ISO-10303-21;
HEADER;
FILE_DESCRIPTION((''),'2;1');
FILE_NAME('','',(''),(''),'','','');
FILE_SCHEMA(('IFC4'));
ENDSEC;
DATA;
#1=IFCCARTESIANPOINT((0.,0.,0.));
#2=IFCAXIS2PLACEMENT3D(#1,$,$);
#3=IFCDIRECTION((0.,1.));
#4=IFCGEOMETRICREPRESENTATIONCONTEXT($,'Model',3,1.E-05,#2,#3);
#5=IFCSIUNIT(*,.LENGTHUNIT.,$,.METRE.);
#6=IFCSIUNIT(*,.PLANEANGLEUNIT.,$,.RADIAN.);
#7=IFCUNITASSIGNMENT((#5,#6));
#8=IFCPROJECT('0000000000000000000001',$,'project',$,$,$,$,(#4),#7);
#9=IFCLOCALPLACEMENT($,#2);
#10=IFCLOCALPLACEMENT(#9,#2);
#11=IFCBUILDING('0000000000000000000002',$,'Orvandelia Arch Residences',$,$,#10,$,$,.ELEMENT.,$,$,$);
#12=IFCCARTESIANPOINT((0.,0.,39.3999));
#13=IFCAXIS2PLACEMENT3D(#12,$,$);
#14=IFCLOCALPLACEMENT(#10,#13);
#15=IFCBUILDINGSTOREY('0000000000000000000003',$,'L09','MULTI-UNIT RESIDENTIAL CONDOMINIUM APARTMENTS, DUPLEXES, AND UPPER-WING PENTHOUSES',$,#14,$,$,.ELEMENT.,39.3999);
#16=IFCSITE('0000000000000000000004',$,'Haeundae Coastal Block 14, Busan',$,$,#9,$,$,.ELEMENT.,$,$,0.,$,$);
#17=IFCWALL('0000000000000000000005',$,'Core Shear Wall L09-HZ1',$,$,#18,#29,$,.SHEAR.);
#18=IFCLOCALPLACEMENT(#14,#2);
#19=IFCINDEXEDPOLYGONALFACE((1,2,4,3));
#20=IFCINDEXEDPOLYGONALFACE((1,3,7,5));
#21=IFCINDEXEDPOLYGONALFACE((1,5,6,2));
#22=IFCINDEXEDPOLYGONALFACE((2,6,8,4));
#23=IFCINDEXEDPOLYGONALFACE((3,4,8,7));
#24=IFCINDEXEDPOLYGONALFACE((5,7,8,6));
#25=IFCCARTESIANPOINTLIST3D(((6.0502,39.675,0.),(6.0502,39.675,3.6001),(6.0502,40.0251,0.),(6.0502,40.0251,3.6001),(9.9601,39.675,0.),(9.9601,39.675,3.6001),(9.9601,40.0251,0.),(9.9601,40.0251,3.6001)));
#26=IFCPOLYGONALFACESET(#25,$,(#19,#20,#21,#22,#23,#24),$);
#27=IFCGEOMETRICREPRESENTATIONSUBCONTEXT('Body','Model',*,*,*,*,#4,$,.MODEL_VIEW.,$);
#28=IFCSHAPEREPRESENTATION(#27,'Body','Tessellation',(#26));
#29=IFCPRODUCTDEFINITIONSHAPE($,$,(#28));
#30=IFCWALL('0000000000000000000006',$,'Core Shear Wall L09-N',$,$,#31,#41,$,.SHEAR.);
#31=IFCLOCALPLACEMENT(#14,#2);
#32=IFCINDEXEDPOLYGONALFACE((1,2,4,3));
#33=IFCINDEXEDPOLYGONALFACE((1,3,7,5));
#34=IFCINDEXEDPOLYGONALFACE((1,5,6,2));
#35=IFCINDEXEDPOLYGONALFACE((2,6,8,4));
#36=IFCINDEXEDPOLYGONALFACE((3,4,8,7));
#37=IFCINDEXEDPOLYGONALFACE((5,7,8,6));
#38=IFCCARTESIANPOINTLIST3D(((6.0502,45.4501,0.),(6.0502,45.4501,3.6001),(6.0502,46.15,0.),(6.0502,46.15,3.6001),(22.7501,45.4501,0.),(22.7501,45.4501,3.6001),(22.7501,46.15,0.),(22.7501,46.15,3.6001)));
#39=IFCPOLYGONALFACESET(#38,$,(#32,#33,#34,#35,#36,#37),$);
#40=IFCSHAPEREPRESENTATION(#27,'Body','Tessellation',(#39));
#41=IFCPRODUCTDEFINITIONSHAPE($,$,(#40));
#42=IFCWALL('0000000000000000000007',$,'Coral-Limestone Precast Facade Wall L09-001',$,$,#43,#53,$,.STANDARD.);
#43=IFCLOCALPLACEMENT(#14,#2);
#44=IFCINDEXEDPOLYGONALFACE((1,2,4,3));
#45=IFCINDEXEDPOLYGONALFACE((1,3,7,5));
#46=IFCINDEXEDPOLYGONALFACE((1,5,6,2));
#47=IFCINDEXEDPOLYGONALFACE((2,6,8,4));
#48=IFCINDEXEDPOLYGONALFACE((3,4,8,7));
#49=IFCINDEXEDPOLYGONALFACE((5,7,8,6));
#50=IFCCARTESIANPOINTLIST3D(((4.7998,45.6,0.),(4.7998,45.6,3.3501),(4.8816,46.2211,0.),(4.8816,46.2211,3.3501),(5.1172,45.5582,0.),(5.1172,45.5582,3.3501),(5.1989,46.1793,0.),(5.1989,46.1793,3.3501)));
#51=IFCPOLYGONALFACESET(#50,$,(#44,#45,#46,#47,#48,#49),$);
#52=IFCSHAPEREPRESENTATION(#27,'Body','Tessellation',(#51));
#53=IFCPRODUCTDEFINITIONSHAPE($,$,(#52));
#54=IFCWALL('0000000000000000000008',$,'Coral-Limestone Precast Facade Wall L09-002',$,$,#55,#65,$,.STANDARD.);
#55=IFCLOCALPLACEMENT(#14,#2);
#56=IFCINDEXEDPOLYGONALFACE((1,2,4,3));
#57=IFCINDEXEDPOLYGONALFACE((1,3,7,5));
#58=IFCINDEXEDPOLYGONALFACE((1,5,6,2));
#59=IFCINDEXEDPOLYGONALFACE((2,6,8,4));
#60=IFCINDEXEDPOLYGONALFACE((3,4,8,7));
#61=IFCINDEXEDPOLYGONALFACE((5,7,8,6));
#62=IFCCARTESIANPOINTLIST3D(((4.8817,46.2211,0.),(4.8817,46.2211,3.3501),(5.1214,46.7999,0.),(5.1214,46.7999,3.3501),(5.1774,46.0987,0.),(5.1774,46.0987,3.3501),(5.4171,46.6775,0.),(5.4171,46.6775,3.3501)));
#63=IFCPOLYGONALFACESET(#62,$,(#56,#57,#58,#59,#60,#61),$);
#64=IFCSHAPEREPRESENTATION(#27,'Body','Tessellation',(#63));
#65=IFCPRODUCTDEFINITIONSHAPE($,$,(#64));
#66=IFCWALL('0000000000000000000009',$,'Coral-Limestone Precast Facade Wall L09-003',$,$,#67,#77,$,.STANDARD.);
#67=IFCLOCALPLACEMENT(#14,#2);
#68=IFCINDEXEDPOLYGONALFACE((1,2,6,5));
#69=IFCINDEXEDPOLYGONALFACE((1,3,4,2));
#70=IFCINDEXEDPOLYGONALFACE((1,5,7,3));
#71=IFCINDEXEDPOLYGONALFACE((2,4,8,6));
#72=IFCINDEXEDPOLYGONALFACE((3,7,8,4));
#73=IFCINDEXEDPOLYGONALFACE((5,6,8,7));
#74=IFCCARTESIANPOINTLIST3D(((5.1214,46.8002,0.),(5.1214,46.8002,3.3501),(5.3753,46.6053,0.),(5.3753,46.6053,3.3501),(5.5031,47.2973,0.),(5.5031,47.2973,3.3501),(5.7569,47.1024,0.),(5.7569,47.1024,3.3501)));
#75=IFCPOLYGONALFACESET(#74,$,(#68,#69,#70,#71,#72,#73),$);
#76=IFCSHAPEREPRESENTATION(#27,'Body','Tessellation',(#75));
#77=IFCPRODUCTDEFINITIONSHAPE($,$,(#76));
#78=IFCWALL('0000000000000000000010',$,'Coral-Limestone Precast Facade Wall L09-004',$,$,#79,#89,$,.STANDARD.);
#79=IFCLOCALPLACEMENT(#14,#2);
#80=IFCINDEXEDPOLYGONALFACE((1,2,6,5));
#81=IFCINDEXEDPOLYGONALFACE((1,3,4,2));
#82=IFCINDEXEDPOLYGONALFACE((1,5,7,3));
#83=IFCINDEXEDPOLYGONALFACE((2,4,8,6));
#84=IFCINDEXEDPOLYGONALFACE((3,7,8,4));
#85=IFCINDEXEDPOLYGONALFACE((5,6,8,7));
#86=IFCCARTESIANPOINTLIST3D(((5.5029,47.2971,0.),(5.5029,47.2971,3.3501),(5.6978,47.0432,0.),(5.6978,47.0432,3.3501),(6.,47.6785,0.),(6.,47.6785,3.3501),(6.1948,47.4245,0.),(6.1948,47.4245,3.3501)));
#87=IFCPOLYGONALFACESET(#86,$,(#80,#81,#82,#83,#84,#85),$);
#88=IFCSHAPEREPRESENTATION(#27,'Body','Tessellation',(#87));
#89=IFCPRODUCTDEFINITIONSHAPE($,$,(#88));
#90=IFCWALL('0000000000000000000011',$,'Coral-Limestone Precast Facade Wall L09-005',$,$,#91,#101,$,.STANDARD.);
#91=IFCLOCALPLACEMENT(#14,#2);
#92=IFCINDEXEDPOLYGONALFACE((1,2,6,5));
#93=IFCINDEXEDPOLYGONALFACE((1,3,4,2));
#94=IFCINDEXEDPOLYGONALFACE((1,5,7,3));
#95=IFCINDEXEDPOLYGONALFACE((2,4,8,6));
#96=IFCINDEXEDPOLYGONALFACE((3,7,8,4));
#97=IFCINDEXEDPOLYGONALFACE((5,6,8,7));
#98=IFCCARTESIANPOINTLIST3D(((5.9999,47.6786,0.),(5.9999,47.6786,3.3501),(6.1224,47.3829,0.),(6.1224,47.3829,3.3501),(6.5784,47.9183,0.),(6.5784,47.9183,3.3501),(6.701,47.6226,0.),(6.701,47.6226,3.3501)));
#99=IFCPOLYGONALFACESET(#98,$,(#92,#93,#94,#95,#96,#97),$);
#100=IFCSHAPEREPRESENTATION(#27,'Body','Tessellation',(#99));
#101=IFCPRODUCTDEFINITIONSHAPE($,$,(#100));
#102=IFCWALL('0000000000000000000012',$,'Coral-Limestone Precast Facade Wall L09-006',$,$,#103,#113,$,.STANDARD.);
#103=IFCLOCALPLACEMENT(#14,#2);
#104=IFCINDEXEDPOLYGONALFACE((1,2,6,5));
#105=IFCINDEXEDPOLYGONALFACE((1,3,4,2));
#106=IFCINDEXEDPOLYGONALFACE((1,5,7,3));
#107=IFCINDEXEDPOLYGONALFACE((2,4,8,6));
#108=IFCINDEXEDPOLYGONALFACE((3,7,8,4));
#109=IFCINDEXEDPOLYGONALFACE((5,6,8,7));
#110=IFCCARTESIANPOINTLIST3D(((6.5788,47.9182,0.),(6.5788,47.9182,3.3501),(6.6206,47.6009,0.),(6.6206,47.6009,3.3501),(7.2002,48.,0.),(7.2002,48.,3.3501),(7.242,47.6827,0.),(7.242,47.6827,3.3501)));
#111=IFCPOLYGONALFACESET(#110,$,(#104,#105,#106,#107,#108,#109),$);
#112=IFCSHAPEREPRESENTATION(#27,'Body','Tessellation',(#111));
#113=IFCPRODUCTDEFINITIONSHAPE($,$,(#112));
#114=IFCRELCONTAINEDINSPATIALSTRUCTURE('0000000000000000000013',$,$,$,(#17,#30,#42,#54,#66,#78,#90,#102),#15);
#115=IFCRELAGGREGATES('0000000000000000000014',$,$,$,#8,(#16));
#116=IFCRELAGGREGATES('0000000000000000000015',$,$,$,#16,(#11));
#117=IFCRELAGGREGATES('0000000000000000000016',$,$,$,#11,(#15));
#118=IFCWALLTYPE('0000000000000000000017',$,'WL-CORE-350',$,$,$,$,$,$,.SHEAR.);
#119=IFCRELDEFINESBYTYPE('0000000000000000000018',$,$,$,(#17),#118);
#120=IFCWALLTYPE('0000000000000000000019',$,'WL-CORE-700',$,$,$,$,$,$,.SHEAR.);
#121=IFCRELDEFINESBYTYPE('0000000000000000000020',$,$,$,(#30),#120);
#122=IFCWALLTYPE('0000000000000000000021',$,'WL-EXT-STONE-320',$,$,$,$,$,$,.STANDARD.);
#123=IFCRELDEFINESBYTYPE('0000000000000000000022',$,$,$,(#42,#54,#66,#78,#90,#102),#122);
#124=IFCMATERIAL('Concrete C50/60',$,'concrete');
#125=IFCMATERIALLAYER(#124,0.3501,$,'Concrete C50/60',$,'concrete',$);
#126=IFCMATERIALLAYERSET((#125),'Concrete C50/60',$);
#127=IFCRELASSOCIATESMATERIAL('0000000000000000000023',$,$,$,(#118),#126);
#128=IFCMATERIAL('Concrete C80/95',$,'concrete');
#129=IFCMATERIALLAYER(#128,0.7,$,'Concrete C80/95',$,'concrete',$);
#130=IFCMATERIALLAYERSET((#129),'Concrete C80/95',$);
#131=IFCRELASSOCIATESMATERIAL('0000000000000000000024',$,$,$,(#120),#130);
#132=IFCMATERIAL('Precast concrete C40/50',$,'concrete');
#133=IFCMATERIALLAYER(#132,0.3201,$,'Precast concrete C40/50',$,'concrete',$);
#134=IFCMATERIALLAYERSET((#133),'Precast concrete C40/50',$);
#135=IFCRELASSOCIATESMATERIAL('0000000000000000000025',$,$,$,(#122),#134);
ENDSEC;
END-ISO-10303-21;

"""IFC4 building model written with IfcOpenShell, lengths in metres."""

from ifc_helpers import new_model, si_unit, direction, frame, frame_2d, origin, place, context, subcontext, project, spatial, rectangle, extrude, material, layer, layer_set, type_object, element, save


model = new_model("IFC4")

# Units and contexts
model_context = context("Model", 3, precision=1e-05, world=origin(), true_north=direction((0.0, 1.0)))
body_context = subcontext(model_context, "Body", "Model", "MODEL_VIEW")
ifc_project = project(units=[si_unit("LENGTHUNIT", "METRE"), si_unit("PLANEANGLEUNIT", "RADIAN")], contexts=[model_context])

# Site, building, storey
site_placement = place(None, origin())
site = spatial("IfcSite", under=ifc_project, at=site_placement, Name="Haeundae Coastal Block 14, Busan", CompositionType="ELEMENT", RefElevation=0.0)
building_placement = place(site_placement, origin())
building = spatial("IfcBuilding", under=site, at=building_placement, Name="Orvandelia Arch Residences", CompositionType="ELEMENT")
storey_placement = place(building_placement, frame((0.0, 0.0, 39.3999)))
storey = spatial("IfcBuildingStorey", under=building, at=storey_placement, Name="L09", Description="MULTI-UNIT RESIDENTIAL CONDOMINIUM APARTMENTS, DUPLEXES, AND UPPER-WING PENTHOUSES", CompositionType="ELEMENT", Elevation=39.3999)

# Shared definitions
ifc_material_1 = material(Name="Concrete C80/95", Category="concrete")

# Walls
ifc_material_2 = material(Name="Concrete C50/60", Category="concrete")
ifc_layer_1 = layer(ifc_material_2, 0.3501, Name="Concrete C50/60", Category="concrete")
ifc_layer_set_1 = layer_set([ifc_layer_1], Name="Concrete C50/60")
wall_type_1 = type_object("IfcWallType", Name="WL-CORE-350", PredefinedType="SHEAR", material=ifc_layer_set_1)
wall_1_placement = place(storey_placement, frame((6.05, 39.8501, 0.0), z_axis=(0.0, 0.0, 1.0), x_axis=(1.0, 0.0, 0.0)))
element("IfcWall", 1, at=wall_1_placement, inside=storey, type_object=wall_type_1, Name="Core Shear Wall L09-HZ1", PredefinedType="SHEAR", context=body_context, shape_type="SweptSolid", body=[
    extrude(rectangle(XDim=3.9099, YDim=0.3501, at=frame_2d((1.9551, 0.0))), origin(), (0.0, 0.0, 1.0), 3.6001),
])
ifc_layer_2 = layer(ifc_material_1, 0.7, Name="Concrete C80/95", Category="concrete")
ifc_layer_set_2 = layer_set([ifc_layer_2], Name="Concrete C80/95")
wall_type_2 = type_object("IfcWallType", Name="WL-CORE-700", PredefinedType="SHEAR", material=ifc_layer_set_2)
wall_2_placement = place(storey_placement, frame((6.05, 45.8, 0.0), z_axis=(0.0, 0.0, 1.0), x_axis=(1.0, 0.0, 0.0)))
element("IfcWall", 2, at=wall_2_placement, inside=storey, type_object=wall_type_2, Name="Core Shear Wall L09-N", PredefinedType="SHEAR", context=body_context, shape_type="SweptSolid", body=[
    extrude(rectangle(XDim=16.7, YDim=0.7, at=frame_2d((8.3501, 0.0))), origin(), (0.0, 0.0, 1.0), 3.6001),
])
ifc_material_3 = material(Name="Precast concrete C40/50", Category="concrete")
ifc_layer_3 = layer(ifc_material_3, 0.3201, Name="Precast concrete C40/50", Category="concrete")
ifc_layer_set_3 = layer_set([ifc_layer_3], Name="Precast concrete C40/50")
wall_type_3 = type_object("IfcWallType", Name="WL-EXT-STONE-320", PredefinedType="STANDARD", material=ifc_layer_set_3)
for number, where, z_axis, x_axis, name in (
    (3, (4.9585, 45.5791, 0.0), (0.0, 0.0, 1.0), (0.130555, 0.991441, 0.0), "Coral-Limestone Precast Facade Wall L09-001"),
    (4, (5.0295, 46.1599, 0.0), (0.0, 0.0, 1.0), (0.38265, 0.923893, 0.0), "Coral-Limestone Precast Facade Wall L09-002"),
):
    element("IfcWall", number, at=place(storey_placement, frame(where, z_axis=z_axis, x_axis=x_axis)), inside=storey, type_object=wall_type_3, Name=name, PredefinedType="STANDARD", context=body_context, shape_type="SweptSolid", body=[
        extrude(rectangle(XDim=0.6265, YDim=0.3201, at=frame_2d((0.3132, 0.0))), origin(), (0.0, 0.0, 1.0), 3.3501),
    ])
wall_3_placement = place(storey_placement, frame((5.2483, 46.7026, 0.0), z_axis=(0.0, 0.0, 1.0), x_axis=(0.608939, 0.793217, 0.0)))
element("IfcWall", 5, at=wall_3_placement, inside=storey, type_object=wall_type_3, Name="Coral-Limestone Precast Facade Wall L09-003", PredefinedType="STANDARD", context=body_context, shape_type="SweptSolid", body=[
    extrude(rectangle(XDim=0.6267, YDim=0.3201, at=frame_2d((0.3135, 0.0))), origin(), (0.0, 0.0, 1.0), 3.3501),
])
wall_4_placement = place(storey_placement, frame((5.6003, 47.1702, 0.0), z_axis=(0.0, 0.0, 1.0), x_axis=(0.793406, 0.608693, 0.0)))
element("IfcWall", 6, at=wall_4_placement, inside=storey, type_object=wall_type_3, Name="Coral-Limestone Precast Facade Wall L09-004", PredefinedType="STANDARD", context=body_context, shape_type="SweptSolid", body=[
    extrude(rectangle(XDim=0.6265, YDim=0.3201, at=frame_2d((0.3132, 0.0))), origin(), (0.0, 0.0, 1.0), 3.3501),
])
wall_5_placement = place(storey_placement, frame((6.0613, 47.5308, 0.0), z_axis=(0.0, 0.0, 1.0), x_axis=(0.923836, 0.382788, 0.0)))
element("IfcWall", 7, at=wall_5_placement, inside=storey, type_object=wall_type_3, Name="Coral-Limestone Precast Facade Wall L09-005", PredefinedType="STANDARD", context=body_context, shape_type="SweptSolid", body=[
    extrude(rectangle(XDim=0.6262, YDim=0.3201, at=frame_2d((0.313, 0.0))), origin(), (0.0, 0.0, 1.0), 3.3501),
])
wall_6_placement = place(storey_placement, frame((6.5996, 47.7595, 0.0), z_axis=(0.0, 0.0, 1.0), x_axis=(0.991448, 0.130505, 0.0)))
element("IfcWall", 8, at=wall_6_placement, inside=storey, type_object=wall_type_3, Name="Coral-Limestone Precast Facade Wall L09-006", PredefinedType="STANDARD", context=body_context, shape_type="SweptSolid", body=[
    extrude(rectangle(XDim=0.6267, YDim=0.3201, at=frame_2d((0.3135, 0.0))), origin(), (0.0, 0.0, 1.0), 3.3501),
])

save(model, "model.ifc")
